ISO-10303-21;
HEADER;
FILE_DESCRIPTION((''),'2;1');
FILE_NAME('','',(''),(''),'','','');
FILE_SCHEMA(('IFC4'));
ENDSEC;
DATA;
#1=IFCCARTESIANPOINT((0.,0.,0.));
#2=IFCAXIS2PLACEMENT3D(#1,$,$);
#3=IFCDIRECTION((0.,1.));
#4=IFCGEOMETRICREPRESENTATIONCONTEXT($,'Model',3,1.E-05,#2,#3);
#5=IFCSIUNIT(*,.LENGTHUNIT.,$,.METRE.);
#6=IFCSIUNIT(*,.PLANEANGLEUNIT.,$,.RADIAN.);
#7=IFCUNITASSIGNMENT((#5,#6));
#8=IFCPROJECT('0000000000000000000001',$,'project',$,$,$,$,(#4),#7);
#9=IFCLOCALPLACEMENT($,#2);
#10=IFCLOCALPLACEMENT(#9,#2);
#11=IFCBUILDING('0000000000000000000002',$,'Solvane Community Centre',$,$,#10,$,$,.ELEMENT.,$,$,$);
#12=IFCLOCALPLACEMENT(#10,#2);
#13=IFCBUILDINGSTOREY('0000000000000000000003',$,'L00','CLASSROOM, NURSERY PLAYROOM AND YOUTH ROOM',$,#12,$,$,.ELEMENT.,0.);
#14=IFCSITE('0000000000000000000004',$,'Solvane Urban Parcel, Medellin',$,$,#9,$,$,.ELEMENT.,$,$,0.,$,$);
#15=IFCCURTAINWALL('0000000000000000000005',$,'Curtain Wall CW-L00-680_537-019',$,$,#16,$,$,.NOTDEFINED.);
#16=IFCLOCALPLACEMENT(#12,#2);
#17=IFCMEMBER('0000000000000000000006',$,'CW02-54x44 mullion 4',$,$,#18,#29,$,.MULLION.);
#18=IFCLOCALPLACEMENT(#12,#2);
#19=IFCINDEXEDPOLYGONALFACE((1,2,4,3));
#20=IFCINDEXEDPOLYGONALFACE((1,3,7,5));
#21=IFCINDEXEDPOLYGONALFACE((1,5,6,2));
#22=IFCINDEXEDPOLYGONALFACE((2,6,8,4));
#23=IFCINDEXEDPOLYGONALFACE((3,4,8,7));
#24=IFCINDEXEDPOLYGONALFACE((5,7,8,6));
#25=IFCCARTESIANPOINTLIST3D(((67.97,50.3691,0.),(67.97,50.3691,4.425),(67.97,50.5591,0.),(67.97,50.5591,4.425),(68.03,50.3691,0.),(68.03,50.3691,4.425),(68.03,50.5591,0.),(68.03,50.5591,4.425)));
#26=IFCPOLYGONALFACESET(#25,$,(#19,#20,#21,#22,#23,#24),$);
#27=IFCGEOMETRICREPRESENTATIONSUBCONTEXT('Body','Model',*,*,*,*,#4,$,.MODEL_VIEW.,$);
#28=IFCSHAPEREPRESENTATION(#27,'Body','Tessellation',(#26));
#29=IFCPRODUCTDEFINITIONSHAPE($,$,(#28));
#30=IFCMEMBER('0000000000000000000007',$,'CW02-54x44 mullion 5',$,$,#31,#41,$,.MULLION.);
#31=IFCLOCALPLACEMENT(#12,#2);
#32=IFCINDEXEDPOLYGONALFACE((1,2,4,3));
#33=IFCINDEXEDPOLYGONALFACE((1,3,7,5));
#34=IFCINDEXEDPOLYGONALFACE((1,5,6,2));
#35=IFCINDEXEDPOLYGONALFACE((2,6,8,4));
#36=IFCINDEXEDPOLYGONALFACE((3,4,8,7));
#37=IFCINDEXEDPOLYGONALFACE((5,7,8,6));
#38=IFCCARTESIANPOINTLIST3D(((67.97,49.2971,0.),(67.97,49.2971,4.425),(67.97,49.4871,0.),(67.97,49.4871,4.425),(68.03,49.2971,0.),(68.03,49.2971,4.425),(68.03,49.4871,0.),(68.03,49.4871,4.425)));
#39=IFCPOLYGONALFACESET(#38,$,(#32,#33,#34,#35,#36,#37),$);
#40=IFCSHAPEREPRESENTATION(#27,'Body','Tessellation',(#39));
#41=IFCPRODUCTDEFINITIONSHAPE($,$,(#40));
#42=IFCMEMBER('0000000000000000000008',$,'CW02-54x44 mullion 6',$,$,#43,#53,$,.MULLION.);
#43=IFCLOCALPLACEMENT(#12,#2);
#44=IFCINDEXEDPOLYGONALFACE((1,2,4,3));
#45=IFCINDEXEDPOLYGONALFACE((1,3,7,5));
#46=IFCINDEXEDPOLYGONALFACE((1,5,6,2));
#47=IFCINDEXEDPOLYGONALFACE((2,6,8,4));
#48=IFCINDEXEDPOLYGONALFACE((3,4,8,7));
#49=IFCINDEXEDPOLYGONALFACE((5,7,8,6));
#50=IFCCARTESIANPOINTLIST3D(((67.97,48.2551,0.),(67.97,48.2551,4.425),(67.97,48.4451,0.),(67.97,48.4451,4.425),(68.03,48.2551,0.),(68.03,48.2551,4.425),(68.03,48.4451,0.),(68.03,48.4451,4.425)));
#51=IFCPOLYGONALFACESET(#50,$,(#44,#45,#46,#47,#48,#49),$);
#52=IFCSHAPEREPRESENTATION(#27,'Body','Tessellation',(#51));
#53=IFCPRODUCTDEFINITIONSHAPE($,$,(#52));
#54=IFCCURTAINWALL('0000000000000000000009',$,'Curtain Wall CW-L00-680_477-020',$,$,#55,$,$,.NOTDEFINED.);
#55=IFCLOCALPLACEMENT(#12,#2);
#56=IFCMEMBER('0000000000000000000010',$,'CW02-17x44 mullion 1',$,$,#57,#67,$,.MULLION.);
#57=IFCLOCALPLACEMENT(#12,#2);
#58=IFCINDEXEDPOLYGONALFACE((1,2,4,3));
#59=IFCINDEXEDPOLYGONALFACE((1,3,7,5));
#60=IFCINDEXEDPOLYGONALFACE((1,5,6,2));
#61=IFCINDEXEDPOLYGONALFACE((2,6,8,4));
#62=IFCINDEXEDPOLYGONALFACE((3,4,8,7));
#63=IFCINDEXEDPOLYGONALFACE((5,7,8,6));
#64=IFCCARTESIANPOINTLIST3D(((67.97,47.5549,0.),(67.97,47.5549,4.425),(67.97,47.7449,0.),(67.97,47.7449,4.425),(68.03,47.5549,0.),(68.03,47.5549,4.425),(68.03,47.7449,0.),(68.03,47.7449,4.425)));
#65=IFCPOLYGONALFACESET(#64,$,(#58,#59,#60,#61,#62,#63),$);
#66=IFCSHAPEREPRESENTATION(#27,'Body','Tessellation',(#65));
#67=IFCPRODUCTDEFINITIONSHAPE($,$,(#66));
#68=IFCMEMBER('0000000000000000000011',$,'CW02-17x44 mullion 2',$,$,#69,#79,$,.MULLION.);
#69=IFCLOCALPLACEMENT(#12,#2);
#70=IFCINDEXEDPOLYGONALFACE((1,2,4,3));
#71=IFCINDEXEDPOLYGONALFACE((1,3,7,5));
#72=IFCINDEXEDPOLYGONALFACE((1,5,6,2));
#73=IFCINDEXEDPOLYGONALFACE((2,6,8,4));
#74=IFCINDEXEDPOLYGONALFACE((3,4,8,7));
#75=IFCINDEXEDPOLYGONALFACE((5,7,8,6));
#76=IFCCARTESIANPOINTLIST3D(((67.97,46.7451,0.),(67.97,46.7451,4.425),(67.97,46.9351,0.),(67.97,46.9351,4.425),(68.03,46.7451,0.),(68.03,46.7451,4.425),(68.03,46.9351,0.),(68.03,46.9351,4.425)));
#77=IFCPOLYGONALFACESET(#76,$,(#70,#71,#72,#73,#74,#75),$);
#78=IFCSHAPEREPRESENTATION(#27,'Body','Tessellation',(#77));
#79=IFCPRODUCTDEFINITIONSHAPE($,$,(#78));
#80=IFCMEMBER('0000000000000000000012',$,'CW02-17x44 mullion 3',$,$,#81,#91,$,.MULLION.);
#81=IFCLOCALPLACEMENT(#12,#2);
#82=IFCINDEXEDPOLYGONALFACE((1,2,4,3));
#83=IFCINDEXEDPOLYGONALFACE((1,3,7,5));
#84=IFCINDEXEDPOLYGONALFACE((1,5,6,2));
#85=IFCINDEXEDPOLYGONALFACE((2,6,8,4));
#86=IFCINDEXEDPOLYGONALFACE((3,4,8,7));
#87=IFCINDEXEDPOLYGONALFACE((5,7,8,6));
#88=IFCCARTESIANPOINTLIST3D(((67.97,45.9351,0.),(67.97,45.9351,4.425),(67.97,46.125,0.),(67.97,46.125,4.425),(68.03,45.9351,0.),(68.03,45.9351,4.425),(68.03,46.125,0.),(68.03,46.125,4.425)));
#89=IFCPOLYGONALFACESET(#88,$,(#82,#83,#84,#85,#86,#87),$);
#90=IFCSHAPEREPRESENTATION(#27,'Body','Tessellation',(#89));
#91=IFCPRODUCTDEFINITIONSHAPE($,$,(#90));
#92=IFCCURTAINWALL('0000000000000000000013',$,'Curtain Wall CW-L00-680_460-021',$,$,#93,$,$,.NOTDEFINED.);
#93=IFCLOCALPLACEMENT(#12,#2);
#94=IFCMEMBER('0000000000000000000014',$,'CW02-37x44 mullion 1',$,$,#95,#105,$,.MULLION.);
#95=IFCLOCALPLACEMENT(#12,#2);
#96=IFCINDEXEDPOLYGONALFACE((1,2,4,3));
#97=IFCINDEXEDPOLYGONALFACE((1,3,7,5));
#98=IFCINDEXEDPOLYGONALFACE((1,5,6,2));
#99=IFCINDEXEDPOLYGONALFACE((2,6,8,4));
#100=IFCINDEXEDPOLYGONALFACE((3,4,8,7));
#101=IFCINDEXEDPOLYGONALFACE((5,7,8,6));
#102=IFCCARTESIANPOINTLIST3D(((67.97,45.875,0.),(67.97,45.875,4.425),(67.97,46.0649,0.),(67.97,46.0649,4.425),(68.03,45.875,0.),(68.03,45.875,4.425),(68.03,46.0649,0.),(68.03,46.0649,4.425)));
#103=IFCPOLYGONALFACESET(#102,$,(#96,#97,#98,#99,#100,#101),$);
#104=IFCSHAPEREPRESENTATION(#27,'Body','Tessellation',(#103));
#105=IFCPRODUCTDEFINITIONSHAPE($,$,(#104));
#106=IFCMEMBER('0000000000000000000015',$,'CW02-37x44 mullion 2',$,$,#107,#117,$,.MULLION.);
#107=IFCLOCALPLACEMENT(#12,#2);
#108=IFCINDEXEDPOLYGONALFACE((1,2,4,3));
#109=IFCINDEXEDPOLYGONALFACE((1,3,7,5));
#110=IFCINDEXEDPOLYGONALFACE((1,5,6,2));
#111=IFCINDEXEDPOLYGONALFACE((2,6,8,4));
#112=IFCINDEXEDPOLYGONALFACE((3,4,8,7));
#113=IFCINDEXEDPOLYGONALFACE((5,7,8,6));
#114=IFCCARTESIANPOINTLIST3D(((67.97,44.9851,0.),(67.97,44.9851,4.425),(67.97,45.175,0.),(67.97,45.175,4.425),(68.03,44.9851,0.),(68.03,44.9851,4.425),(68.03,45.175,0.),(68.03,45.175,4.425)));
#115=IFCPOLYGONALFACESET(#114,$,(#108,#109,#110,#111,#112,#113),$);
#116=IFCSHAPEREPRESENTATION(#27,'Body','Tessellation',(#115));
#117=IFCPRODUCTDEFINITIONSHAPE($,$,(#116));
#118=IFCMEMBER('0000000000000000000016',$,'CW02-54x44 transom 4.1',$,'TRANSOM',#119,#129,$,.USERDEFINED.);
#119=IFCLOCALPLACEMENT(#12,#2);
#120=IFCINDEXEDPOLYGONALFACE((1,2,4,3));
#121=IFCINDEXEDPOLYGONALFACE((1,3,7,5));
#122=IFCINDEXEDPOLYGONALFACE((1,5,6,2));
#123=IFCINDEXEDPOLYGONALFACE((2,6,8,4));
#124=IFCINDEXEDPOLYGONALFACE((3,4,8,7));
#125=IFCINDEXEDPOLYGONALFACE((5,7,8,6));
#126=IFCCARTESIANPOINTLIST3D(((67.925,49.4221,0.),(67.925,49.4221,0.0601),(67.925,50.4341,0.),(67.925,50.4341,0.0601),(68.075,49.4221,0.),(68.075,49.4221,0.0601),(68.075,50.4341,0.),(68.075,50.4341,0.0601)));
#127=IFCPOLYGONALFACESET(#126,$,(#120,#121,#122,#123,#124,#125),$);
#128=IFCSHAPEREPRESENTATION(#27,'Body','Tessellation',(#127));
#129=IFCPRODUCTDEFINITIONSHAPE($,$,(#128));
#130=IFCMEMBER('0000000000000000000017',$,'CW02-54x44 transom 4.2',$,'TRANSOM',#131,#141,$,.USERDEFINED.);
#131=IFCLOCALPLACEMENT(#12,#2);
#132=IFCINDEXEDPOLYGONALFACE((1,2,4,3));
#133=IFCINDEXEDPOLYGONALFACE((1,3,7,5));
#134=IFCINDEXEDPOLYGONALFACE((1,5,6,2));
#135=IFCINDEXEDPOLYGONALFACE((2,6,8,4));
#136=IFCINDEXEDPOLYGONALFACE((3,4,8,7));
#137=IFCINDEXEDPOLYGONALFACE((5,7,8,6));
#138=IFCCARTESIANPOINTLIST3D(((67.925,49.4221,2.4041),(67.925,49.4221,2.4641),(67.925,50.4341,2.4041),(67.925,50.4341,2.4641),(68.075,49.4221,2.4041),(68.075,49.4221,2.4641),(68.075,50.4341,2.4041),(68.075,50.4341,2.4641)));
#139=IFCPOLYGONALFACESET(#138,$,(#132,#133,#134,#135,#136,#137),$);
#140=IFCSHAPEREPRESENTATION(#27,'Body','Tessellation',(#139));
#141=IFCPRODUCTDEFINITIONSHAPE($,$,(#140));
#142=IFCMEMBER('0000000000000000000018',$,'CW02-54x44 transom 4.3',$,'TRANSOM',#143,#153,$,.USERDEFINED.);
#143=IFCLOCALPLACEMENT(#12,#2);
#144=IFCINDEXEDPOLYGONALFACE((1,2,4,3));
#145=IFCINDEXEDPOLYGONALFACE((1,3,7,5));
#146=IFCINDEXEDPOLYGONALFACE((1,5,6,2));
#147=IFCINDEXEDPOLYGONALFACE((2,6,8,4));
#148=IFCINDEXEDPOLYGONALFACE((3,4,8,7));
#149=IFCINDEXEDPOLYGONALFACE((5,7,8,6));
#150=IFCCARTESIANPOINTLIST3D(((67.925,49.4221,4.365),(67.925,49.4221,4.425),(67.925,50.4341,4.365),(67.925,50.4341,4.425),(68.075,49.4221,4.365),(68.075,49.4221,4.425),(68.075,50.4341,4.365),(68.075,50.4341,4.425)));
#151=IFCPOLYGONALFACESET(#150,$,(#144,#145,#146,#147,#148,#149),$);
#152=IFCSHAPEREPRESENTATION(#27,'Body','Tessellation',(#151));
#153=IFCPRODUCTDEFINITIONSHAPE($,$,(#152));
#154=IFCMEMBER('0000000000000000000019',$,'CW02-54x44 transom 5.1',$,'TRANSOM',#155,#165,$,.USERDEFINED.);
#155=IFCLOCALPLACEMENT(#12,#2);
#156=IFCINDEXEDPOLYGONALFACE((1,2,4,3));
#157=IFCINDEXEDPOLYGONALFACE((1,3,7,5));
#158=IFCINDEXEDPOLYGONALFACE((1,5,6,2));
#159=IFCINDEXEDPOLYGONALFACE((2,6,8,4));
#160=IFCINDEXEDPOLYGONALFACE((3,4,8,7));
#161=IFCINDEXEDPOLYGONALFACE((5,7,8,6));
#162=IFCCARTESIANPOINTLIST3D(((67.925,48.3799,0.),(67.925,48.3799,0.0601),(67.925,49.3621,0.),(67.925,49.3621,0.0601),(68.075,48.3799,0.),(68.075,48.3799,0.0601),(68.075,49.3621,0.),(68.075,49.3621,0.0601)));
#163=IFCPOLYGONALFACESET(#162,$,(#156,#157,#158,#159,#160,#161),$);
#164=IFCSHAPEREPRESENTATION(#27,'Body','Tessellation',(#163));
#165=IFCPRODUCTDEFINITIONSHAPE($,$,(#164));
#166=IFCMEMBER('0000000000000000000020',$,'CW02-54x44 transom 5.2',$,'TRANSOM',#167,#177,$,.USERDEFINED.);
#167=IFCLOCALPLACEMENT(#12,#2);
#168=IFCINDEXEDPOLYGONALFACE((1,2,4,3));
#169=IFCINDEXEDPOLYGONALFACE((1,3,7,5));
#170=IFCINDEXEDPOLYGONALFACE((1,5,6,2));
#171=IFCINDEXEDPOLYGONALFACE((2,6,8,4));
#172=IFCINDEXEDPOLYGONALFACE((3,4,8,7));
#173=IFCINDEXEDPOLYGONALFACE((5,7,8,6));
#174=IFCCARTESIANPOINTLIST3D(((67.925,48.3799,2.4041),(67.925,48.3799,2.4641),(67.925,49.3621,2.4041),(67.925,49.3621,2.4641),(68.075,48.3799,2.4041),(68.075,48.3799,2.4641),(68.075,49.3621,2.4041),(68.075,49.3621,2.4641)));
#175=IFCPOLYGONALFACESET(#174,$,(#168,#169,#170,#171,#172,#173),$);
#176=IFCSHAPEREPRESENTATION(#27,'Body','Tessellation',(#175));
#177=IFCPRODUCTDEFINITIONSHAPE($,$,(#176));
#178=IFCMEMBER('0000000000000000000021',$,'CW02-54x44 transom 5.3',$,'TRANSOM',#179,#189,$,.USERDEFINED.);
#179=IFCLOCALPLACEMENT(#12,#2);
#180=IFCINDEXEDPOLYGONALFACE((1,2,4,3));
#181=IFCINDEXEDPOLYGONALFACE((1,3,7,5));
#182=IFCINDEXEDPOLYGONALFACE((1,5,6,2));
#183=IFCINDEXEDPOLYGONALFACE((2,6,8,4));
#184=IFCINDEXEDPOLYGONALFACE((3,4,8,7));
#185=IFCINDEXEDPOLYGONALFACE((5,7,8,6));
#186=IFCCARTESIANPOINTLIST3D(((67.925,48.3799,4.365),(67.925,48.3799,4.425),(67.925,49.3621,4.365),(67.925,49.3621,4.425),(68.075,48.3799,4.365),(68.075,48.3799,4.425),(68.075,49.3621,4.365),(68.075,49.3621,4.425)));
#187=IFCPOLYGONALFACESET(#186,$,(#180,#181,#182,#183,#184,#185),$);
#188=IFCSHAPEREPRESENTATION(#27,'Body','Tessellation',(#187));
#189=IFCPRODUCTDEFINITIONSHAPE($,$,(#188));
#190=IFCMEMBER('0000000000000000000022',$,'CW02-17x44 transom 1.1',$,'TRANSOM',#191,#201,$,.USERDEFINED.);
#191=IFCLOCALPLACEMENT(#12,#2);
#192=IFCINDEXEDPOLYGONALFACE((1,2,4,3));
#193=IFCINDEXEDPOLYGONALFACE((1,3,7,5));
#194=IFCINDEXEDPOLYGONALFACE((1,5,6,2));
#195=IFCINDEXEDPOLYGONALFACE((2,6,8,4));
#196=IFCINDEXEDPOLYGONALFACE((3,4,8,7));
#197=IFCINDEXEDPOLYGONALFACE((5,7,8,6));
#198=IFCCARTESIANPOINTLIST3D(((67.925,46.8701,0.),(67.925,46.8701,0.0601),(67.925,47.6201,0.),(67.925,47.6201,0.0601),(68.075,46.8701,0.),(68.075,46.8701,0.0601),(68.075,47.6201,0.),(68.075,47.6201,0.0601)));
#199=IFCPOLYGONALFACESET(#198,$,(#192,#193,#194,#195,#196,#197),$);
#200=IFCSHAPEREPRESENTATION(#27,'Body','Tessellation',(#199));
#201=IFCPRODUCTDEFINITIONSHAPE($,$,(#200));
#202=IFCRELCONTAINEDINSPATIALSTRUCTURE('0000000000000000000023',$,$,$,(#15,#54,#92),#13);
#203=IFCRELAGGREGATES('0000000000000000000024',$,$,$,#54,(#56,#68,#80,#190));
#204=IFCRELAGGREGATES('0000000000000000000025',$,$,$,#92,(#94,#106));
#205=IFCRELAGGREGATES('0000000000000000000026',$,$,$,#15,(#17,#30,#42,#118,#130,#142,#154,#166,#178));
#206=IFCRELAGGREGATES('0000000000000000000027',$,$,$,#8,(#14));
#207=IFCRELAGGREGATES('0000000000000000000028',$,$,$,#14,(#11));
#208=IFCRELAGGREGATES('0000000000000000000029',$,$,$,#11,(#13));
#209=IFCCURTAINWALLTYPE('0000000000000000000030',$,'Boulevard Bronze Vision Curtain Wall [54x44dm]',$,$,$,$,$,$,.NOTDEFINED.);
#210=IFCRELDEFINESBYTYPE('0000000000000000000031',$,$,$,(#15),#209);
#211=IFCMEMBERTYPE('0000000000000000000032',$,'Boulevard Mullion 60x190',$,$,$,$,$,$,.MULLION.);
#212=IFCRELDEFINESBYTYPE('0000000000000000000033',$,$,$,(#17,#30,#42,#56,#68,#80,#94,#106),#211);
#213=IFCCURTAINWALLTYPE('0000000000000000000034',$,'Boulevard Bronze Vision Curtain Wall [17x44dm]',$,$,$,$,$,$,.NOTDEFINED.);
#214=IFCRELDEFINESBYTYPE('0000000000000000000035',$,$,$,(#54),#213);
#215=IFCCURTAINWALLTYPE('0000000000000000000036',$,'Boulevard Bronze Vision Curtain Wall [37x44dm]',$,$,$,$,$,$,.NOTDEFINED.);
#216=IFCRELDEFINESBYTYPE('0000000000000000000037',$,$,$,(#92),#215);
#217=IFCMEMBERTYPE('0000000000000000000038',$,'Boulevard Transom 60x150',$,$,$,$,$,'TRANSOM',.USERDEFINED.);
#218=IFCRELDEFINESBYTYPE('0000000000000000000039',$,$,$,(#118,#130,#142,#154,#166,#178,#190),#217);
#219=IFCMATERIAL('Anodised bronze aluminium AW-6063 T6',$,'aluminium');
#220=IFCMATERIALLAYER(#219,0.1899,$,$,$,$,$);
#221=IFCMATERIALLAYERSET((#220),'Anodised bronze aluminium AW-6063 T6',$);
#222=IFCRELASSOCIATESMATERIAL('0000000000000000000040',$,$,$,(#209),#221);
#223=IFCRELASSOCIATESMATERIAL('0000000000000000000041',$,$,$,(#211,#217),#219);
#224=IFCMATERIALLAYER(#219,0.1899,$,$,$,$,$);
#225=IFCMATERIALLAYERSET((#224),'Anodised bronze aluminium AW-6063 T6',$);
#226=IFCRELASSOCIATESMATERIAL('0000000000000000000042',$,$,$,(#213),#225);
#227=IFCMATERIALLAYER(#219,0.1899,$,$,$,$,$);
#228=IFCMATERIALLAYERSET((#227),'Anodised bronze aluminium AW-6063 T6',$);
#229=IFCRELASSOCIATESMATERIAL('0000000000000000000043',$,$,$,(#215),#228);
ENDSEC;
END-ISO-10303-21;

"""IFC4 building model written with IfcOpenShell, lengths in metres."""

from ifc_helpers import new_model, si_unit, direction, frame, origin, origin_2d, place, context, subcontext, project, spatial, rectangle, extrude, material, layer, layer_set, material_profile, profile_set, type_object, element, aggregate, save


model = new_model("IFC4")

# Units and contexts
model_context = context("Model", 3, precision=1e-05, world=origin(), true_north=direction((0.0, 1.0)))
body_context = subcontext(model_context, "Body", "Model", "MODEL_VIEW")
ifc_project = project(units=[si_unit("LENGTHUNIT", "METRE"), si_unit("PLANEANGLEUNIT", "RADIAN")], contexts=[model_context])

# Site, building, storey
site_placement = place(None, origin())
site = spatial("IfcSite", under=ifc_project, at=site_placement, Name="Solvane Urban Parcel, Medellin", CompositionType="ELEMENT", RefElevation=0.0)
building_placement = place(site_placement, origin())
building = spatial("IfcBuilding", under=site, at=building_placement, Name="Solvane Community Centre", CompositionType="ELEMENT")
storey_placement = place(building_placement, origin())
storey = spatial("IfcBuildingStorey", under=building, at=storey_placement, Name="L00", Description="CLASSROOM, NURSERY PLAYROOM AND YOUTH ROOM", CompositionType="ELEMENT", Elevation=0.0)

# Curtain walls, members
ifc_material_1 = material(Name="Anodised bronze aluminium AW-6063 T6", Category="aluminium")
ifc_layer_1 = layer(ifc_material_1, 0.1899)
ifc_layer_set_1 = layer_set([ifc_layer_1], Name="Anodised bronze aluminium AW-6063 T6")
curtain_wall_type_1 = type_object("IfcCurtainWallType", Name="Boulevard Bronze Vision Curtain Wall [54x44dm]", PredefinedType="NOTDEFINED", material=ifc_layer_set_1)
curtain_wall_1_placement = place(storey_placement, origin())
curtain_wall_1 = element("IfcCurtainWall", 1, at=curtain_wall_1_placement, inside=storey, type_object=curtain_wall_type_1, Name="Curtain Wall CW-L00-680_537-019", PredefinedType="NOTDEFINED")
ifc_material_profile_1 = material_profile(ifc_material_1, rectangle(XDim=0.0601, YDim=0.1899, at=origin_2d()), Name="CW-M 60x190")
ifc_profile_set_1 = profile_set([ifc_material_profile_1], Name="Anodised bronze aluminium AW-6063 T6")
member_type_1 = type_object("IfcMemberType", Name="Boulevard Mullion 60x190", PredefinedType="MULLION", material=ifc_profile_set_1)
member_1_placement = place(storey_placement, frame((68.0, 50.4641, 0.0), z_axis=(0.0, 0.0, 1.0), x_axis=(1.0, 0.0, 0.0)))
member_1 = element("IfcMember", 2, at=member_1_placement, type_object=member_type_1, Name="CW02-54x44 mullion 4", PredefinedType="MULLION", context=body_context, shape_type="SweptSolid", body=[
    extrude(rectangle(XDim=0.0601, YDim=0.1899, at=origin_2d()), origin(), (0.0, 0.0, 1.0), 4.425),
])
member_2_placement = place(storey_placement, frame((68.0, 49.3921, 0.0), z_axis=(0.0, 0.0, 1.0), x_axis=(1.0, 0.0, 0.0)))
member_2 = element("IfcMember", 3, at=member_2_placement, type_object=member_type_1, Name="CW02-54x44 mullion 5", PredefinedType="MULLION", context=body_context, shape_type="SweptSolid", body=[
    extrude(rectangle(XDim=0.0601, YDim=0.1899, at=origin_2d()), origin(), (0.0, 0.0, 1.0), 4.425),
])
member_3_placement = place(storey_placement, frame((68.0, 48.3501, 0.0), z_axis=(0.0, 0.0, 1.0), x_axis=(1.0, 0.0, 0.0)))
member_3 = element("IfcMember", 4, at=member_3_placement, type_object=member_type_1, Name="CW02-54x44 mullion 6", PredefinedType="MULLION", context=body_context, shape_type="SweptSolid", body=[
    extrude(rectangle(XDim=0.0601, YDim=0.1899, at=origin_2d()), origin(), (0.0, 0.0, 1.0), 4.425),
])
ifc_layer_2 = layer(ifc_material_1, 0.1899)
ifc_layer_set_2 = layer_set([ifc_layer_2], Name="Anodised bronze aluminium AW-6063 T6")
curtain_wall_type_2 = type_object("IfcCurtainWallType", Name="Boulevard Bronze Vision Curtain Wall [17x44dm]", PredefinedType="NOTDEFINED", material=ifc_layer_set_2)
curtain_wall_2_placement = place(storey_placement, origin())
curtain_wall_2 = element("IfcCurtainWall", 5, at=curtain_wall_2_placement, inside=storey, type_object=curtain_wall_type_2, Name="Curtain Wall CW-L00-680_477-020", PredefinedType="NOTDEFINED")
member_4_placement = place(storey_placement, frame((68.0, 47.6499, 0.0), z_axis=(0.0, 0.0, 1.0), x_axis=(1.0, 0.0, 0.0)))
member_4 = element("IfcMember", 6, at=member_4_placement, type_object=member_type_1, Name="CW02-17x44 mullion 1", PredefinedType="MULLION", context=body_context, shape_type="SweptSolid", body=[
    extrude(rectangle(XDim=0.0601, YDim=0.1899, at=origin_2d()), origin(), (0.0, 0.0, 1.0), 4.425),
])
member_5_placement = place(storey_placement, frame((68.0, 46.8401, 0.0), z_axis=(0.0, 0.0, 1.0), x_axis=(1.0, 0.0, 0.0)))
member_5 = element("IfcMember", 7, at=member_5_placement, type_object=member_type_1, Name="CW02-17x44 mullion 2", PredefinedType="MULLION", context=body_context, shape_type="SweptSolid", body=[
    extrude(rectangle(XDim=0.0601, YDim=0.1899, at=origin_2d()), origin(), (0.0, 0.0, 1.0), 4.425),
])
member_6_placement = place(storey_placement, frame((68.0, 46.03, 0.0), z_axis=(0.0, 0.0, 1.0), x_axis=(1.0, 0.0, 0.0)))
member_6 = element("IfcMember", 8, at=member_6_placement, type_object=member_type_1, Name="CW02-17x44 mullion 3", PredefinedType="MULLION", context=body_context, shape_type="SweptSolid", body=[
    extrude(rectangle(XDim=0.0601, YDim=0.1899, at=origin_2d()), origin(), (0.0, 0.0, 1.0), 4.425),
])
ifc_layer_3 = layer(ifc_material_1, 0.1899)
ifc_layer_set_3 = layer_set([ifc_layer_3], Name="Anodised bronze aluminium AW-6063 T6")
curtain_wall_type_3 = type_object("IfcCurtainWallType", Name="Boulevard Bronze Vision Curtain Wall [37x44dm]", PredefinedType="NOTDEFINED", material=ifc_layer_set_3)
curtain_wall_3_placement = place(storey_placement, origin())
curtain_wall_3 = element("IfcCurtainWall", 9, at=curtain_wall_3_placement, inside=storey, type_object=curtain_wall_type_3, Name="Curtain Wall CW-L00-680_460-021", PredefinedType="NOTDEFINED")
member_7_placement = place(storey_placement, frame((68.0, 45.97, 0.0), z_axis=(0.0, 0.0, 1.0), x_axis=(1.0, 0.0, 0.0)))
member_7 = element("IfcMember", 10, at=member_7_placement, type_object=member_type_1, Name="CW02-37x44 mullion 1", PredefinedType="MULLION", context=body_context, shape_type="SweptSolid", body=[
    extrude(rectangle(XDim=0.0601, YDim=0.1899, at=origin_2d()), origin(), (0.0, 0.0, 1.0), 4.425),
])
member_8_placement = place(storey_placement, frame((68.0, 45.0801, 0.0), z_axis=(0.0, 0.0, 1.0), x_axis=(1.0, 0.0, 0.0)))
member_8 = element("IfcMember", 11, at=member_8_placement, type_object=member_type_1, Name="CW02-37x44 mullion 2", PredefinedType="MULLION", context=body_context, shape_type="SweptSolid", body=[
    extrude(rectangle(XDim=0.0601, YDim=0.1899, at=origin_2d()), origin(), (0.0, 0.0, 1.0), 4.425),
])

# Members
ifc_material_profile_2 = material_profile(ifc_material_1, rectangle(XDim=0.1499, YDim=0.0601, at=origin_2d()), Name="CW-T 60x150")
ifc_profile_set_2 = profile_set([ifc_material_profile_2], Name="Anodised bronze aluminium AW-6063 T6")
member_type_2 = type_object("IfcMemberType", Name="Boulevard Transom 60x150", ElementType="TRANSOM", PredefinedType="USERDEFINED", material=ifc_profile_set_2)
member_9_placement = place(storey_placement, frame((68.0, 50.4341, 0.03), z_axis=(0.0, -1.0, 0.0), x_axis=(1.0, 0.0, 0.0)))
member_9 = element("IfcMember", 12, at=member_9_placement, type_object=member_type_2, Name="CW02-54x44 transom 4.1", ObjectType="TRANSOM", PredefinedType="USERDEFINED", context=body_context, shape_type="SweptSolid", body=[
    extrude(rectangle(XDim=0.1499, YDim=0.0601, at=origin_2d()), origin(), (0.0, 0.0, 1.0), 1.012),
])
member_10_placement = place(storey_placement, frame((68.0, 50.4341, 2.4341), z_axis=(0.0, -1.0, 0.0), x_axis=(1.0, 0.0, 0.0)))
member_10 = element("IfcMember", 13, at=member_10_placement, type_object=member_type_2, Name="CW02-54x44 transom 4.2", ObjectType="TRANSOM", PredefinedType="USERDEFINED", context=body_context, shape_type="SweptSolid", body=[
    extrude(rectangle(XDim=0.1499, YDim=0.0601, at=origin_2d()), origin(), (0.0, 0.0, 1.0), 1.012),
])
member_11_placement = place(storey_placement, frame((68.0, 50.4341, 4.395), z_axis=(0.0, -1.0, 0.0), x_axis=(1.0, 0.0, 0.0)))
member_11 = element("IfcMember", 14, at=member_11_placement, type_object=member_type_2, Name="CW02-54x44 transom 4.3", ObjectType="TRANSOM", PredefinedType="USERDEFINED", context=body_context, shape_type="SweptSolid", body=[
    extrude(rectangle(XDim=0.1499, YDim=0.0601, at=origin_2d()), origin(), (0.0, 0.0, 1.0), 1.012),
])
member_12_placement = place(storey_placement, frame((68.0, 49.3621, 0.03), z_axis=(0.0, -1.0, 0.0), x_axis=(1.0, 0.0, 0.0)))
member_12 = element("IfcMember", 15, at=member_12_placement, type_object=member_type_2, Name="CW02-54x44 transom 5.1", ObjectType="TRANSOM", PredefinedType="USERDEFINED", context=body_context, shape_type="SweptSolid", body=[
    extrude(rectangle(XDim=0.1499, YDim=0.0601, at=origin_2d()), origin(), (0.0, 0.0, 1.0), 0.9822),
])
member_13_placement = place(storey_placement, frame((68.0, 49.3621, 2.4341), z_axis=(0.0, -1.0, 0.0), x_axis=(1.0, 0.0, 0.0)))
member_13 = element("IfcMember", 16, at=member_13_placement, type_object=member_type_2, Name="CW02-54x44 transom 5.2", ObjectType="TRANSOM", PredefinedType="USERDEFINED", context=body_context, shape_type="SweptSolid", body=[
    extrude(rectangle(XDim=0.1499, YDim=0.0601, at=origin_2d()), origin(), (0.0, 0.0, 1.0), 0.9822),
])
member_14_placement = place(storey_placement, frame((68.0, 49.3621, 4.395), z_axis=(0.0, -1.0, 0.0), x_axis=(1.0, 0.0, 0.0)))
member_14 = element("IfcMember", 17, at=member_14_placement, type_object=member_type_2, Name="CW02-54x44 transom 5.3", ObjectType="TRANSOM", PredefinedType="USERDEFINED", context=body_context, shape_type="SweptSolid", body=[
    extrude(rectangle(XDim=0.1499, YDim=0.0601, at=origin_2d()), origin(), (0.0, 0.0, 1.0), 0.9822),
])
member_15_placement = place(storey_placement, frame((68.0, 47.6201, 0.03), z_axis=(0.0, -1.0, 0.0), x_axis=(1.0, 0.0, 0.0)))
member_15 = element("IfcMember", 18, at=member_15_placement, type_object=member_type_2, Name="CW02-17x44 transom 1.1", ObjectType="TRANSOM", PredefinedType="USERDEFINED", context=body_context, shape_type="SweptSolid", body=[
    extrude(rectangle(XDim=0.1499, YDim=0.0601, at=origin_2d()), origin(), (0.0, 0.0, 1.0), 0.75),
])

aggregate(curtain_wall_2, [member_4, member_5, member_6, member_15])
aggregate(curtain_wall_3, [member_7, member_8])
aggregate(curtain_wall_1, [member_1, member_2, member_3, member_9, member_10, member_11, member_12, member_13, member_14])

save(model, "model.ifc")
